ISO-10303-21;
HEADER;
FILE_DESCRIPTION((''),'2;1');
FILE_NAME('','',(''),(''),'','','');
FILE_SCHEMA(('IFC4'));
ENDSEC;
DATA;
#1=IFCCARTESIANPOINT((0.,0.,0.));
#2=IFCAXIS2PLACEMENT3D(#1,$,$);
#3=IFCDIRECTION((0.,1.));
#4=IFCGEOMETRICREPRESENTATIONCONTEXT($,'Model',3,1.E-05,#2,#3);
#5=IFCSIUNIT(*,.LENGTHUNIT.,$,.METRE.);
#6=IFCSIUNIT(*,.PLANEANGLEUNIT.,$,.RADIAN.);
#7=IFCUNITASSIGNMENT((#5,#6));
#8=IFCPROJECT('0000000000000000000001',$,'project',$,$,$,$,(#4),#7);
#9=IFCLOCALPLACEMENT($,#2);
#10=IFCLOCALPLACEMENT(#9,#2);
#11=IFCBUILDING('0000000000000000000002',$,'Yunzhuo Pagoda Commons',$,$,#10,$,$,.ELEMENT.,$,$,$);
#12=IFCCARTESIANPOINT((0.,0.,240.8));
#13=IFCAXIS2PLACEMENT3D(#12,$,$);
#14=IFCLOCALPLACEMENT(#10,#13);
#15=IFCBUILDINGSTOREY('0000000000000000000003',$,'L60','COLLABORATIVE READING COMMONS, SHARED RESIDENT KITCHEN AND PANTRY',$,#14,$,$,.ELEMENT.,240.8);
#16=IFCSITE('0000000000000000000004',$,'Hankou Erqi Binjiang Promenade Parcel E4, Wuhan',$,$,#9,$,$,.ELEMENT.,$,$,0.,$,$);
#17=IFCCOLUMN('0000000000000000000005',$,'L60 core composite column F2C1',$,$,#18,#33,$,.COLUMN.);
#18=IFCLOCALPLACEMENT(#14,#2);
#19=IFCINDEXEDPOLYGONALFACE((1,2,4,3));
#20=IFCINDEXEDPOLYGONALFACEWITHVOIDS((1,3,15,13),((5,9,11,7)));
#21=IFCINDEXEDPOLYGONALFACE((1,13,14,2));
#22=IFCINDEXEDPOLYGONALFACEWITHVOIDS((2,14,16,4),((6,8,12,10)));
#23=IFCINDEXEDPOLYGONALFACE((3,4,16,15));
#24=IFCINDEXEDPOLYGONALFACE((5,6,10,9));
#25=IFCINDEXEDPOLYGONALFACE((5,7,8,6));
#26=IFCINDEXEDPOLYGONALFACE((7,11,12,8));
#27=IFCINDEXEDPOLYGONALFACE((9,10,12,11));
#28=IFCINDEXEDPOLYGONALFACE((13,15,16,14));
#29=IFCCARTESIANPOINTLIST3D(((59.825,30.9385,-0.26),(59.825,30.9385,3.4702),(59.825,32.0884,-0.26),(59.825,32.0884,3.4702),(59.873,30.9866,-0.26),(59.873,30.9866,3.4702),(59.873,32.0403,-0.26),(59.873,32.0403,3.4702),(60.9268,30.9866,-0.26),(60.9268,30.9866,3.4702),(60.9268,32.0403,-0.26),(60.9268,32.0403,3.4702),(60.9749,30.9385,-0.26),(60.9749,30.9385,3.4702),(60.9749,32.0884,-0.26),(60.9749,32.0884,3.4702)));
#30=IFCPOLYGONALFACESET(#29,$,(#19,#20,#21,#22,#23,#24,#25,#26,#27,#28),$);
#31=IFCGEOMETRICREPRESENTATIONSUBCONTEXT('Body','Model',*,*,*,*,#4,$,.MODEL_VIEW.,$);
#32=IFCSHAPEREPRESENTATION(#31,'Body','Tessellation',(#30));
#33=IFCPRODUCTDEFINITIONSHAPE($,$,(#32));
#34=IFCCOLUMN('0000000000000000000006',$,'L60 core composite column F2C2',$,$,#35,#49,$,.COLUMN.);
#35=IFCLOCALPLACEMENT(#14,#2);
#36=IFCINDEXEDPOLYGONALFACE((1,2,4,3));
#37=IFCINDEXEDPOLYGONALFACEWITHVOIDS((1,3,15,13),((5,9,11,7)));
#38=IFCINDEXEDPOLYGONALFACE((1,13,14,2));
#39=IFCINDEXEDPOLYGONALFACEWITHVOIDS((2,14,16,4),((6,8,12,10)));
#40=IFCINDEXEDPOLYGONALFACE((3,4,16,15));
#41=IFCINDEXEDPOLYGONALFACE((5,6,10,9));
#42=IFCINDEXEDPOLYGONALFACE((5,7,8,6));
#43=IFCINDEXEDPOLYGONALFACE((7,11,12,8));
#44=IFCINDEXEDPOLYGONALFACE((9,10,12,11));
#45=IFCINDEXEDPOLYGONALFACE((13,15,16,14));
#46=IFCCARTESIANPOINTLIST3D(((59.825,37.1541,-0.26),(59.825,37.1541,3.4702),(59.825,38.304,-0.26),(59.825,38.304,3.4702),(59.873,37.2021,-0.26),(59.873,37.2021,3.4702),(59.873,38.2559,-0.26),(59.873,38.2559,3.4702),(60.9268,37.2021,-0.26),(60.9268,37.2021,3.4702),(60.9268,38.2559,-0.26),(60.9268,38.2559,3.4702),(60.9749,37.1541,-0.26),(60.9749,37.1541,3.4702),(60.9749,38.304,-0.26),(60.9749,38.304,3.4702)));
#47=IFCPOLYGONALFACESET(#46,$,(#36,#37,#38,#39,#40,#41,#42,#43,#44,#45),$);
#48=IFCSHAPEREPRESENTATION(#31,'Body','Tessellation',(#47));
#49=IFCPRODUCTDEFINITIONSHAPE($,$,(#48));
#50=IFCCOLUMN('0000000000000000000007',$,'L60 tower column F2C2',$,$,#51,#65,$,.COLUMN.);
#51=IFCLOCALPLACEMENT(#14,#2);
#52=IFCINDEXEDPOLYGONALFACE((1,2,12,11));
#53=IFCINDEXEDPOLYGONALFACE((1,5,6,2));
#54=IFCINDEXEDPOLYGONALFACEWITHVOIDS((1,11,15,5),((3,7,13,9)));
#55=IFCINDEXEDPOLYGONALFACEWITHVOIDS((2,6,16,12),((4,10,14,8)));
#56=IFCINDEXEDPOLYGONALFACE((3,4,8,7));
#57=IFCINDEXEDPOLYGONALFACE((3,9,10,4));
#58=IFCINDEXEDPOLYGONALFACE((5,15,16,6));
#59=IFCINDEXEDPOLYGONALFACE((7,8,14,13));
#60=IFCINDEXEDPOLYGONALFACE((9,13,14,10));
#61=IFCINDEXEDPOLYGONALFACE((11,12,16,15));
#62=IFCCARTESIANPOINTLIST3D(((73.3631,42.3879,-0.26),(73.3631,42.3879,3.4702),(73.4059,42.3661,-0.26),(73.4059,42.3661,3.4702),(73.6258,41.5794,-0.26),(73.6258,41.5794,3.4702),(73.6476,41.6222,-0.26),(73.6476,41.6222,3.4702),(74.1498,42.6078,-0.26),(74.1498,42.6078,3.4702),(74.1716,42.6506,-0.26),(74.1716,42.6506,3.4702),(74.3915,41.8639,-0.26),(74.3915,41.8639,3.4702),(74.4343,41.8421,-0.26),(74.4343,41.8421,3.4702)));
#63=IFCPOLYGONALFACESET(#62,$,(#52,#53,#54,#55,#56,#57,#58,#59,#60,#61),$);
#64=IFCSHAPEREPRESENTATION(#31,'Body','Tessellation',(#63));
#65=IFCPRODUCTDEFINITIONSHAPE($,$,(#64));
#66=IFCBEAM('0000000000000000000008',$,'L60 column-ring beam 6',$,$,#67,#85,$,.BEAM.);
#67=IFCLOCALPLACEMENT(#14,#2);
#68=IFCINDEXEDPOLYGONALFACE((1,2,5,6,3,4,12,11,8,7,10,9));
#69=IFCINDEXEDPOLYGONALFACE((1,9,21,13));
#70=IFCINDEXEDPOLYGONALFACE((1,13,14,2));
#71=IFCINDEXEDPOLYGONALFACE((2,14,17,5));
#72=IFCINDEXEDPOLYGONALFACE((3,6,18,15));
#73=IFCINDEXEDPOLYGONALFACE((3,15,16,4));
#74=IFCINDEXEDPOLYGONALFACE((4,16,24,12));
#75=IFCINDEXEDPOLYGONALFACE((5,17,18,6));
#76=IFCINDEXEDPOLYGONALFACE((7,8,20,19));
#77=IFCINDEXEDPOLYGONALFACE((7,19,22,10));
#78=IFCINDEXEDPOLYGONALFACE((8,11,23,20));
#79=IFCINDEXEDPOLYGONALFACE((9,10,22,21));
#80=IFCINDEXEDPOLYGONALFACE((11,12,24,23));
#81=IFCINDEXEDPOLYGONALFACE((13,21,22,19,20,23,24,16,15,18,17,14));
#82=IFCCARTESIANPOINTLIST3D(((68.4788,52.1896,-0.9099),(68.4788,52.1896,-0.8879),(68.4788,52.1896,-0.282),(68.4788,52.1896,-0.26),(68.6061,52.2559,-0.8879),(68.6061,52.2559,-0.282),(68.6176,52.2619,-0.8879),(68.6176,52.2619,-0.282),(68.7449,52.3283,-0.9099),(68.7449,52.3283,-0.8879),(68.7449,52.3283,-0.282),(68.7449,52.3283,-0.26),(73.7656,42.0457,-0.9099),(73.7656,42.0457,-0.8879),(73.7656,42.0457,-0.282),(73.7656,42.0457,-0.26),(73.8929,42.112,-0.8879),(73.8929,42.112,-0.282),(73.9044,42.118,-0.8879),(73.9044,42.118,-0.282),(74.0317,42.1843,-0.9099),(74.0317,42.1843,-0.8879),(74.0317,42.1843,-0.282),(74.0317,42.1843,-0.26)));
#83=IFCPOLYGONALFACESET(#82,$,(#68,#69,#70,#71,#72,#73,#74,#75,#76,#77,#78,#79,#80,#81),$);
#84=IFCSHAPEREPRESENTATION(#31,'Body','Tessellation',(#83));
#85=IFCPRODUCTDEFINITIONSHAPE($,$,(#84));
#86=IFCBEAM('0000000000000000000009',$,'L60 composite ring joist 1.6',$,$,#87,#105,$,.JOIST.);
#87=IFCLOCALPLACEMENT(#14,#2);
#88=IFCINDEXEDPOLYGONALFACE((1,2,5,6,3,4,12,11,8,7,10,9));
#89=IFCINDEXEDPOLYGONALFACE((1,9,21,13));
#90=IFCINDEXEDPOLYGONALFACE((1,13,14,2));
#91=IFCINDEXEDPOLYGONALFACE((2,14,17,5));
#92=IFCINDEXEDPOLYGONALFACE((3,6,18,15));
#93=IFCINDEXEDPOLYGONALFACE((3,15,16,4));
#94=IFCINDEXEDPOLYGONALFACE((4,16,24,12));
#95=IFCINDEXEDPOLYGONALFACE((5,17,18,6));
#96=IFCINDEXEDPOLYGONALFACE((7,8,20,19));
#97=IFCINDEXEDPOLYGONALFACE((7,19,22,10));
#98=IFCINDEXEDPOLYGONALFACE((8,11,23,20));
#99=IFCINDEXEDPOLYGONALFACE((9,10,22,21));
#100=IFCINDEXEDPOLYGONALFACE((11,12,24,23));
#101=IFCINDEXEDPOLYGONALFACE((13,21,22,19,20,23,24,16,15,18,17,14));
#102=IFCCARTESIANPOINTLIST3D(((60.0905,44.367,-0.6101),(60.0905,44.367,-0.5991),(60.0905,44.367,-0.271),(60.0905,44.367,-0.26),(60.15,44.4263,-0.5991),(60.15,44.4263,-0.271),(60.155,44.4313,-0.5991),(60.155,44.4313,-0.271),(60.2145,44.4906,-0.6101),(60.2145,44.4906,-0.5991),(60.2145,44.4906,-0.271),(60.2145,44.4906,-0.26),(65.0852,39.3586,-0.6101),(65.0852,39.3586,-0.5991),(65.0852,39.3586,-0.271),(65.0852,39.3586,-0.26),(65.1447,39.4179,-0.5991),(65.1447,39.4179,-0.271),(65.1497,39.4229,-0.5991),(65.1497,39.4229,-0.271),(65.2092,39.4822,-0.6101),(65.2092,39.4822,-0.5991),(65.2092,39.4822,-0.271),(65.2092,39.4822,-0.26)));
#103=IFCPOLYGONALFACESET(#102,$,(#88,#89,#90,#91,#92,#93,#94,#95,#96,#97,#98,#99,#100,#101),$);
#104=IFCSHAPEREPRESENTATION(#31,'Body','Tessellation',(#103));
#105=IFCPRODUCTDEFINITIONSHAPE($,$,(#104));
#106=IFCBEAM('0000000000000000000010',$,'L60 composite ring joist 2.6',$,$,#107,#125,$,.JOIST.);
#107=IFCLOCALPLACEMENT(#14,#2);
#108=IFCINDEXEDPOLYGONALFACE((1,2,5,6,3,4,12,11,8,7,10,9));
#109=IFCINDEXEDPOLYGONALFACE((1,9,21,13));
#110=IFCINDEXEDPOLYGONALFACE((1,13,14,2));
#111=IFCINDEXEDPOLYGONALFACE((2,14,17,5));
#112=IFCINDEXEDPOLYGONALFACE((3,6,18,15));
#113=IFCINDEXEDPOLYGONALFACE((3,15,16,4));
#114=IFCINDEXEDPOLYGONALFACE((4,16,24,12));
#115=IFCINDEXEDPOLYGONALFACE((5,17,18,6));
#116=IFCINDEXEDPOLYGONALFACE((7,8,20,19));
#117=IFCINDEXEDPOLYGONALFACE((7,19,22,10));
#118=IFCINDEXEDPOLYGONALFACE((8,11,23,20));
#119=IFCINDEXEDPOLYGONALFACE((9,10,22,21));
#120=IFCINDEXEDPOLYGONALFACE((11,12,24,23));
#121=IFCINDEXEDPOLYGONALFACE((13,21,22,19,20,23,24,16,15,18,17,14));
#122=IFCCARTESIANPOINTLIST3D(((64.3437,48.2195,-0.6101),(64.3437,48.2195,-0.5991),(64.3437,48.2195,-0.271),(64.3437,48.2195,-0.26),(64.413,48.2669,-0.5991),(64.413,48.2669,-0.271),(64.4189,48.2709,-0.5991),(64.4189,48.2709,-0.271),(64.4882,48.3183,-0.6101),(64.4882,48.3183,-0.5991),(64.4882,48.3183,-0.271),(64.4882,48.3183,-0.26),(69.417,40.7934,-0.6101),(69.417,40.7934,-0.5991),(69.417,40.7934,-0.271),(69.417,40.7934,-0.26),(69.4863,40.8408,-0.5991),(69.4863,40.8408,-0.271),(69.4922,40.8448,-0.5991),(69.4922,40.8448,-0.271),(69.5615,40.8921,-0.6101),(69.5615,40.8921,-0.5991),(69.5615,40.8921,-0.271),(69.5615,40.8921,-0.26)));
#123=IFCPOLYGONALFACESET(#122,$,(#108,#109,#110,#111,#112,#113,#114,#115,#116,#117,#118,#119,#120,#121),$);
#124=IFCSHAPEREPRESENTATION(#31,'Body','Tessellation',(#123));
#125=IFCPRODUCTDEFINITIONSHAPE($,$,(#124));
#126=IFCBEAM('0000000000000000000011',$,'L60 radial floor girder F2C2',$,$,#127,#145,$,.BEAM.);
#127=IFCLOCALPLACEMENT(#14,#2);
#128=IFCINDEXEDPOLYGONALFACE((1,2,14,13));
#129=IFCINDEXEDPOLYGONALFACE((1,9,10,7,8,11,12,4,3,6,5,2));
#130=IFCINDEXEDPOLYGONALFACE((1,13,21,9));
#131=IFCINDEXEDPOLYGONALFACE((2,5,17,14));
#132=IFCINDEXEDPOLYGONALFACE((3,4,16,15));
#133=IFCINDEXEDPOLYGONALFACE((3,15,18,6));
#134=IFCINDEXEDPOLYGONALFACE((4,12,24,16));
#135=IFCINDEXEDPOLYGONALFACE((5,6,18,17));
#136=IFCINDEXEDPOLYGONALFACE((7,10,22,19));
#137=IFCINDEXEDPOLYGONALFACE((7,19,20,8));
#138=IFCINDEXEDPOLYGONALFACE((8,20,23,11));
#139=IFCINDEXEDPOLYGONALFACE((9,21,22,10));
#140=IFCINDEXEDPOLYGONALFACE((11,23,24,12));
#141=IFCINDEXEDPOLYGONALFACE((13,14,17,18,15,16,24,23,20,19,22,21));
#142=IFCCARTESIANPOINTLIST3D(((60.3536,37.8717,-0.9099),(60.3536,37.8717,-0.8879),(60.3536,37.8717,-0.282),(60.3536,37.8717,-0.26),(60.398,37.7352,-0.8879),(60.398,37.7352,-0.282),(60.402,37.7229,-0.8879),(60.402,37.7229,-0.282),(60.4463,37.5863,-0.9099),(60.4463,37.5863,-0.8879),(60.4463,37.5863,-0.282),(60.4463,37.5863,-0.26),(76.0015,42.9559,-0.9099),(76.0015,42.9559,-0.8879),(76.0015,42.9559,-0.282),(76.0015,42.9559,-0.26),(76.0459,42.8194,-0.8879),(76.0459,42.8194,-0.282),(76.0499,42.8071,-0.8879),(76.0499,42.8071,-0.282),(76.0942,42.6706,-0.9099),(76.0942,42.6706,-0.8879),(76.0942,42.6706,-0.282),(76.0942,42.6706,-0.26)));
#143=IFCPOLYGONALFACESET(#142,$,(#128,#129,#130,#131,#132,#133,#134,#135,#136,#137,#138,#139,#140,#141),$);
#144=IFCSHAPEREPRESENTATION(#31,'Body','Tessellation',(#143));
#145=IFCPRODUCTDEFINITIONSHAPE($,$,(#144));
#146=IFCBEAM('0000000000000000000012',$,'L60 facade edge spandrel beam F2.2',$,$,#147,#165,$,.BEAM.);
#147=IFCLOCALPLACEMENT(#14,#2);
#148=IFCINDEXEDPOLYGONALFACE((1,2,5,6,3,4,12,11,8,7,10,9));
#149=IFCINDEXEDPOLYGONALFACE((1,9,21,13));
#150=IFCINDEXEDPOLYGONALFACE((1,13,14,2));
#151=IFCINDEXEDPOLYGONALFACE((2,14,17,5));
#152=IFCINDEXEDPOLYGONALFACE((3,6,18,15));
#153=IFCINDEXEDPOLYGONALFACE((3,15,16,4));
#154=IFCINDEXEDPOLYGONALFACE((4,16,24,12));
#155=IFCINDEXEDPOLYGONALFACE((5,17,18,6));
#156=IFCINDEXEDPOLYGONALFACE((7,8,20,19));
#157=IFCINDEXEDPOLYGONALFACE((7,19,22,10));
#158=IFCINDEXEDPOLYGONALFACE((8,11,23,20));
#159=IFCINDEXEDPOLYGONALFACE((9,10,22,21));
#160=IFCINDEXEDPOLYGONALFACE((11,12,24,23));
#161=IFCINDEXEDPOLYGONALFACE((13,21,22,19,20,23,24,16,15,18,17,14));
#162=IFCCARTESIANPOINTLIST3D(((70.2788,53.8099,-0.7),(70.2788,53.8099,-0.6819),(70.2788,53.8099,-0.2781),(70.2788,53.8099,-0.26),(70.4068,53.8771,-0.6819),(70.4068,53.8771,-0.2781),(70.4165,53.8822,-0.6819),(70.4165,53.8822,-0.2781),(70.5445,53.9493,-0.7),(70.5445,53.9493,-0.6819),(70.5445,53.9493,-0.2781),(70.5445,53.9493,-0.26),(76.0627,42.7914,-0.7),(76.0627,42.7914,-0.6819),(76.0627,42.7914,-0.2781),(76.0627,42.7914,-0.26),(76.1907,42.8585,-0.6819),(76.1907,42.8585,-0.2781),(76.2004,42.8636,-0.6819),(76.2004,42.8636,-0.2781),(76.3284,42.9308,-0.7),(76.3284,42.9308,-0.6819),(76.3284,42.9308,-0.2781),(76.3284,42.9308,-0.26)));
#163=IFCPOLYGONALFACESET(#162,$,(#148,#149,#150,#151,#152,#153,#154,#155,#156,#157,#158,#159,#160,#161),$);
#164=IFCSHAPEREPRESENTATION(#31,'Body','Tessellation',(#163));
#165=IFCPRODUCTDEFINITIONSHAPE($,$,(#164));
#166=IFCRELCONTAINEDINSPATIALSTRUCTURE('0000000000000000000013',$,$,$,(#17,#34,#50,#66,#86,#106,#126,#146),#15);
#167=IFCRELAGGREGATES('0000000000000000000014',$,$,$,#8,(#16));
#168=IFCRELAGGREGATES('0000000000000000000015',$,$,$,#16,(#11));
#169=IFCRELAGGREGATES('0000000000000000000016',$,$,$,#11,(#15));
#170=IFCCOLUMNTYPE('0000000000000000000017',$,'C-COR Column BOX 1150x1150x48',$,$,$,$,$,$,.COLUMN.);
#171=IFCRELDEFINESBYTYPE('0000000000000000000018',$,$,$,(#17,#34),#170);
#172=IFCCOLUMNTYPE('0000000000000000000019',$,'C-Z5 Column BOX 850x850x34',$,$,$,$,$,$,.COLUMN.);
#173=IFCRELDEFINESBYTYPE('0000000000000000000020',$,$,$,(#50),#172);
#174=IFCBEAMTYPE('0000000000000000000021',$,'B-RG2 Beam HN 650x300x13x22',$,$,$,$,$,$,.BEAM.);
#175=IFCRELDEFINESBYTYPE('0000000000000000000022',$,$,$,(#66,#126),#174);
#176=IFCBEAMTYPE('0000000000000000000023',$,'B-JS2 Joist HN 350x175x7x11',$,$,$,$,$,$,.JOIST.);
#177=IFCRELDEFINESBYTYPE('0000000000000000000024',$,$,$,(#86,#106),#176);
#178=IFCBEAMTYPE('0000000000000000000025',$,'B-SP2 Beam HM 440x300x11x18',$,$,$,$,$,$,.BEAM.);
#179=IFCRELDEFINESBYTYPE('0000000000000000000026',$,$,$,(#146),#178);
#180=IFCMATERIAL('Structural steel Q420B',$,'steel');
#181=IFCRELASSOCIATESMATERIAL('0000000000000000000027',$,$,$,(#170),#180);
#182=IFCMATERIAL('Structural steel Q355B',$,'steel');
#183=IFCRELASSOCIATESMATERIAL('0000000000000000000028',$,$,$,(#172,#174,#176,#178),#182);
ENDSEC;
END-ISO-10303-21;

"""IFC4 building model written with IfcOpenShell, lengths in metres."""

from ifc_helpers import new_model, si_unit, direction, frame, origin, origin_2d, place, context, subcontext, project, spatial, hollow_rectangle, i_section, extrude, source, transform, mapped, material, material_profile, profile_set, type_object, element, save


model = new_model("IFC4")

# Units and contexts
model_context = context("Model", 3, precision=1e-05, world=origin(), true_north=direction((0.0, 1.0)))
body_context = subcontext(model_context, "Body", "Model", "MODEL_VIEW")
ifc_project = project(units=[si_unit("LENGTHUNIT", "METRE"), si_unit("PLANEANGLEUNIT", "RADIAN")], contexts=[model_context])

# Site, building, storey
site_placement = place(None, origin())
site = spatial("IfcSite", under=ifc_project, at=site_placement, Name="Hankou Erqi Binjiang Promenade Parcel E4, Wuhan", CompositionType="ELEMENT", RefElevation=0.0)
building_placement = place(site_placement, origin())
building = spatial("IfcBuilding", under=site, at=building_placement, Name="Yunzhuo Pagoda Commons", CompositionType="ELEMENT")
storey_placement = place(building_placement, frame((0.0, 0.0, 240.8)))
storey = spatial("IfcBuildingStorey", under=building, at=storey_placement, Name="L60", Description="COLLABORATIVE READING COMMONS, SHARED RESIDENT KITCHEN AND PANTRY", CompositionType="ELEMENT", Elevation=240.8)

# Columns
ifc_material_1 = material(Name="Structural steel Q420B", Category="steel")
ifc_material_profile_1 = material_profile(ifc_material_1, hollow_rectangle(XDim=1.1499, YDim=1.1499, WallThickness=0.0481, at=origin_2d()), Name="Structural steel Q420B")
ifc_profile_set_1 = profile_set([ifc_material_profile_1], Name="Structural steel Q420B")
column_type_1 = type_object("IfcColumnType", Name="C-COR Column BOX 1150x1150x48", PredefinedType="COLUMN", material=ifc_profile_set_1)
shared_shape_1 = source(origin(), body_context, "Body", "SweptSolid", [
    extrude(hollow_rectangle(XDim=1.1499, YDim=1.1499, WallThickness=0.0481, at=origin_2d()), origin(), (0.0, 0.0, 1.0), 3.7302),
])
for number, where, z_axis, x_axis, name in (
    (1, (60.3999, 31.5134, -0.26), (0.0, 0.0, 1.0), (1.0, 0.0, 0.0), "L60 core composite column F2C1"),
    (2, (60.3999, 37.729, -0.26), (0.0, 0.0, 1.0), (1.0, 0.0, 0.0), "L60 core composite column F2C2"),
):
    element("IfcColumn", number, at=place(storey_placement, frame(where, z_axis=z_axis, x_axis=x_axis)), inside=storey, type_object=column_type_1, Name=name, PredefinedType="COLUMN", context=body_context, shape_type="MappedRepresentation", body=[
        mapped(shared_shape_1, transform((0.0, 0.0, 0.0), scale=1.0)),
    ])
ifc_material_2 = material(Name="Structural steel Q355B", Category="steel")
ifc_material_profile_2 = material_profile(ifc_material_2, hollow_rectangle(XDim=0.8501, YDim=0.8501, WallThickness=0.0339, at=origin_2d()), Name="Structural steel Q355B")
ifc_profile_set_2 = profile_set([ifc_material_profile_2], Name="Structural steel Q355B")
column_type_2 = type_object("IfcColumnType", Name="C-Z5 Column BOX 850x850x34", PredefinedType="COLUMN", material=ifc_profile_set_2)
shared_shape_2 = source(origin(), body_context, "Body", "SweptSolid", [
    extrude(hollow_rectangle(XDim=0.8501, YDim=0.8501, WallThickness=0.0339, at=origin_2d()), origin(), (0.0, 0.0, 1.0), 3.7302),
])
column_placement = place(storey_placement, frame((73.8987, 42.115, -0.26), z_axis=(0.0, 0.0, 1.0), x_axis=(-0.309017, 0.951057, 0.0)))
element("IfcColumn", 3, at=column_placement, inside=storey, type_object=column_type_2, Name="L60 tower column F2C2", PredefinedType="COLUMN", context=body_context, shape_type="MappedRepresentation", body=[
    mapped(shared_shape_2, transform((0.0, 0.0, 0.0), scale=1.0)),
])

# Beams
ifc_material_profile_3 = material_profile(ifc_material_2, i_section(OverallWidth=0.3, OverallDepth=0.6499, WebThickness=0.0129, FlangeThickness=0.022, at=origin_2d()), Name="Structural steel Q355B")
ifc_profile_set_3 = profile_set([ifc_material_profile_3], Name="Structural steel Q355B")
beam_type_1 = type_object("IfcBeamType", Name="B-RG2 Beam HN 650x300x13x22", PredefinedType="BEAM", material=ifc_profile_set_3)
shared_shape_3 = source(origin(), body_context, "Body", "SweptSolid", [
    extrude(i_section(OverallWidth=0.3, OverallDepth=0.6499, WebThickness=0.0129, FlangeThickness=0.022, at=origin_2d()), origin(), (0.0, 0.0, 1.0), 11.439),
])
beam_1_placement = place(storey_placement, frame((73.8987, 42.115, -0.585), z_axis=(-0.462176, 0.886788, 0.0), x_axis=(-0.886788, -0.462176, 0.0)))
element("IfcBeam", 4, at=beam_1_placement, inside=storey, type_object=beam_type_1, Name="L60 column-ring beam 6", PredefinedType="BEAM", context=body_context, shape_type="MappedRepresentation", body=[
    mapped(shared_shape_3, transform((0.0, 0.0, 0.0), scale=1.0)),
])
ifc_material_profile_4 = material_profile(ifc_material_2, i_section(OverallWidth=0.175, OverallDepth=0.3501, WebThickness=0.0071, FlangeThickness=0.011, at=origin_2d()), Name="Structural steel Q355B")
ifc_profile_set_4 = profile_set([ifc_material_profile_4], Name="Structural steel Q355B")
beam_type_2 = type_object("IfcBeamType", Name="B-JS2 Joist HN 350x175x7x11", PredefinedType="JOIST", material=ifc_profile_set_4)
shared_shape_4 = source(origin(), body_context, "Body", "SweptSolid", [
    extrude(i_section(OverallWidth=0.175, OverallDepth=0.3501, WebThickness=0.0071, FlangeThickness=0.011, at=origin_2d()), origin(), (0.0, 0.0, 1.0), 7.0732),
])
beam_2_placement = place(storey_placement, frame((65.1472, 39.4204, -0.4351), z_axis=(-0.70614, 0.708073, 0.0), x_axis=(-0.708073, -0.70614, 0.0)))
element("IfcBeam", 5, at=beam_2_placement, inside=storey, type_object=beam_type_2, Name="L60 composite ring joist 1.6", PredefinedType="JOIST", context=body_context, shape_type="MappedRepresentation", body=[
    mapped(shared_shape_4, transform((0.0, 0.0, 0.0), scale=1.0)),
])
shared_shape_5 = source(origin(), body_context, "Body", "SweptSolid", [
    extrude(i_section(OverallWidth=0.175, OverallDepth=0.3501, WebThickness=0.0071, FlangeThickness=0.011, at=origin_2d()), origin(), (0.0, 0.0, 1.0), 8.9937),
])
beam_3_placement = place(storey_placement, frame((69.4893, 40.8428, -0.4351), z_axis=(-0.564099, 0.825707, 0.0), x_axis=(-0.825707, -0.564099, 0.0)))
element("IfcBeam", 6, at=beam_3_placement, inside=storey, type_object=beam_type_2, Name="L60 composite ring joist 2.6", PredefinedType="JOIST", context=body_context, shape_type="MappedRepresentation", body=[
    mapped(shared_shape_5, transform((0.0, 0.0, 0.0), scale=1.0)),
])
shared_shape_6 = source(origin(), body_context, "Body", "SweptSolid", [
    extrude(i_section(OverallWidth=0.3, OverallDepth=0.6499, WebThickness=0.0129, FlangeThickness=0.022, at=origin_2d()), origin(), (0.0, 0.0, 1.0), 16.4531),
])
beam_4_placement = place(storey_placement, frame((76.0479, 42.8132, -0.585), z_axis=(-0.951058, -0.309012, 0.0), x_axis=(0.309012, -0.951058, 0.0)))
element("IfcBeam", 7, at=beam_4_placement, inside=storey, type_object=beam_type_1, Name="L60 radial floor girder F2C2", PredefinedType="BEAM", context=body_context, shape_type="MappedRepresentation", body=[
    mapped(shared_shape_6, transform((0.0, 0.0, 0.0), scale=1.0)),
])
ifc_material_profile_5 = material_profile(ifc_material_2, i_section(OverallWidth=0.3, OverallDepth=0.4399, WebThickness=0.011, FlangeThickness=0.0181, at=origin_2d()), Name="Structural steel Q355B")
ifc_profile_set_5 = profile_set([ifc_material_profile_5], Name="Structural steel Q355B")
beam_type_3 = type_object("IfcBeamType", Name="B-SP2 Beam HM 440x300x11x18", PredefinedType="BEAM", material=ifc_profile_set_5)
shared_shape_7 = source(origin(), body_context, "Body", "SweptSolid", [
    extrude(i_section(OverallWidth=0.3, OverallDepth=0.4399, WebThickness=0.011, FlangeThickness=0.0181, at=origin_2d()), origin(), (0.0, 0.0, 1.0), 12.4443),
])
beam_5_placement = place(storey_placement, frame((76.1956, 42.8611, -0.48), z_axis=(-0.464783, 0.885425, 0.0), x_axis=(-0.885425, -0.464783, 0.0)))
element("IfcBeam", 8, at=beam_5_placement, inside=storey, type_object=beam_type_3, Name="L60 facade edge spandrel beam F2.2", PredefinedType="BEAM", context=body_context, shape_type="MappedRepresentation", body=[
    mapped(shared_shape_7, transform((0.0, 0.0, 0.0), scale=1.0)),
])

save(model, "model.ifc")
